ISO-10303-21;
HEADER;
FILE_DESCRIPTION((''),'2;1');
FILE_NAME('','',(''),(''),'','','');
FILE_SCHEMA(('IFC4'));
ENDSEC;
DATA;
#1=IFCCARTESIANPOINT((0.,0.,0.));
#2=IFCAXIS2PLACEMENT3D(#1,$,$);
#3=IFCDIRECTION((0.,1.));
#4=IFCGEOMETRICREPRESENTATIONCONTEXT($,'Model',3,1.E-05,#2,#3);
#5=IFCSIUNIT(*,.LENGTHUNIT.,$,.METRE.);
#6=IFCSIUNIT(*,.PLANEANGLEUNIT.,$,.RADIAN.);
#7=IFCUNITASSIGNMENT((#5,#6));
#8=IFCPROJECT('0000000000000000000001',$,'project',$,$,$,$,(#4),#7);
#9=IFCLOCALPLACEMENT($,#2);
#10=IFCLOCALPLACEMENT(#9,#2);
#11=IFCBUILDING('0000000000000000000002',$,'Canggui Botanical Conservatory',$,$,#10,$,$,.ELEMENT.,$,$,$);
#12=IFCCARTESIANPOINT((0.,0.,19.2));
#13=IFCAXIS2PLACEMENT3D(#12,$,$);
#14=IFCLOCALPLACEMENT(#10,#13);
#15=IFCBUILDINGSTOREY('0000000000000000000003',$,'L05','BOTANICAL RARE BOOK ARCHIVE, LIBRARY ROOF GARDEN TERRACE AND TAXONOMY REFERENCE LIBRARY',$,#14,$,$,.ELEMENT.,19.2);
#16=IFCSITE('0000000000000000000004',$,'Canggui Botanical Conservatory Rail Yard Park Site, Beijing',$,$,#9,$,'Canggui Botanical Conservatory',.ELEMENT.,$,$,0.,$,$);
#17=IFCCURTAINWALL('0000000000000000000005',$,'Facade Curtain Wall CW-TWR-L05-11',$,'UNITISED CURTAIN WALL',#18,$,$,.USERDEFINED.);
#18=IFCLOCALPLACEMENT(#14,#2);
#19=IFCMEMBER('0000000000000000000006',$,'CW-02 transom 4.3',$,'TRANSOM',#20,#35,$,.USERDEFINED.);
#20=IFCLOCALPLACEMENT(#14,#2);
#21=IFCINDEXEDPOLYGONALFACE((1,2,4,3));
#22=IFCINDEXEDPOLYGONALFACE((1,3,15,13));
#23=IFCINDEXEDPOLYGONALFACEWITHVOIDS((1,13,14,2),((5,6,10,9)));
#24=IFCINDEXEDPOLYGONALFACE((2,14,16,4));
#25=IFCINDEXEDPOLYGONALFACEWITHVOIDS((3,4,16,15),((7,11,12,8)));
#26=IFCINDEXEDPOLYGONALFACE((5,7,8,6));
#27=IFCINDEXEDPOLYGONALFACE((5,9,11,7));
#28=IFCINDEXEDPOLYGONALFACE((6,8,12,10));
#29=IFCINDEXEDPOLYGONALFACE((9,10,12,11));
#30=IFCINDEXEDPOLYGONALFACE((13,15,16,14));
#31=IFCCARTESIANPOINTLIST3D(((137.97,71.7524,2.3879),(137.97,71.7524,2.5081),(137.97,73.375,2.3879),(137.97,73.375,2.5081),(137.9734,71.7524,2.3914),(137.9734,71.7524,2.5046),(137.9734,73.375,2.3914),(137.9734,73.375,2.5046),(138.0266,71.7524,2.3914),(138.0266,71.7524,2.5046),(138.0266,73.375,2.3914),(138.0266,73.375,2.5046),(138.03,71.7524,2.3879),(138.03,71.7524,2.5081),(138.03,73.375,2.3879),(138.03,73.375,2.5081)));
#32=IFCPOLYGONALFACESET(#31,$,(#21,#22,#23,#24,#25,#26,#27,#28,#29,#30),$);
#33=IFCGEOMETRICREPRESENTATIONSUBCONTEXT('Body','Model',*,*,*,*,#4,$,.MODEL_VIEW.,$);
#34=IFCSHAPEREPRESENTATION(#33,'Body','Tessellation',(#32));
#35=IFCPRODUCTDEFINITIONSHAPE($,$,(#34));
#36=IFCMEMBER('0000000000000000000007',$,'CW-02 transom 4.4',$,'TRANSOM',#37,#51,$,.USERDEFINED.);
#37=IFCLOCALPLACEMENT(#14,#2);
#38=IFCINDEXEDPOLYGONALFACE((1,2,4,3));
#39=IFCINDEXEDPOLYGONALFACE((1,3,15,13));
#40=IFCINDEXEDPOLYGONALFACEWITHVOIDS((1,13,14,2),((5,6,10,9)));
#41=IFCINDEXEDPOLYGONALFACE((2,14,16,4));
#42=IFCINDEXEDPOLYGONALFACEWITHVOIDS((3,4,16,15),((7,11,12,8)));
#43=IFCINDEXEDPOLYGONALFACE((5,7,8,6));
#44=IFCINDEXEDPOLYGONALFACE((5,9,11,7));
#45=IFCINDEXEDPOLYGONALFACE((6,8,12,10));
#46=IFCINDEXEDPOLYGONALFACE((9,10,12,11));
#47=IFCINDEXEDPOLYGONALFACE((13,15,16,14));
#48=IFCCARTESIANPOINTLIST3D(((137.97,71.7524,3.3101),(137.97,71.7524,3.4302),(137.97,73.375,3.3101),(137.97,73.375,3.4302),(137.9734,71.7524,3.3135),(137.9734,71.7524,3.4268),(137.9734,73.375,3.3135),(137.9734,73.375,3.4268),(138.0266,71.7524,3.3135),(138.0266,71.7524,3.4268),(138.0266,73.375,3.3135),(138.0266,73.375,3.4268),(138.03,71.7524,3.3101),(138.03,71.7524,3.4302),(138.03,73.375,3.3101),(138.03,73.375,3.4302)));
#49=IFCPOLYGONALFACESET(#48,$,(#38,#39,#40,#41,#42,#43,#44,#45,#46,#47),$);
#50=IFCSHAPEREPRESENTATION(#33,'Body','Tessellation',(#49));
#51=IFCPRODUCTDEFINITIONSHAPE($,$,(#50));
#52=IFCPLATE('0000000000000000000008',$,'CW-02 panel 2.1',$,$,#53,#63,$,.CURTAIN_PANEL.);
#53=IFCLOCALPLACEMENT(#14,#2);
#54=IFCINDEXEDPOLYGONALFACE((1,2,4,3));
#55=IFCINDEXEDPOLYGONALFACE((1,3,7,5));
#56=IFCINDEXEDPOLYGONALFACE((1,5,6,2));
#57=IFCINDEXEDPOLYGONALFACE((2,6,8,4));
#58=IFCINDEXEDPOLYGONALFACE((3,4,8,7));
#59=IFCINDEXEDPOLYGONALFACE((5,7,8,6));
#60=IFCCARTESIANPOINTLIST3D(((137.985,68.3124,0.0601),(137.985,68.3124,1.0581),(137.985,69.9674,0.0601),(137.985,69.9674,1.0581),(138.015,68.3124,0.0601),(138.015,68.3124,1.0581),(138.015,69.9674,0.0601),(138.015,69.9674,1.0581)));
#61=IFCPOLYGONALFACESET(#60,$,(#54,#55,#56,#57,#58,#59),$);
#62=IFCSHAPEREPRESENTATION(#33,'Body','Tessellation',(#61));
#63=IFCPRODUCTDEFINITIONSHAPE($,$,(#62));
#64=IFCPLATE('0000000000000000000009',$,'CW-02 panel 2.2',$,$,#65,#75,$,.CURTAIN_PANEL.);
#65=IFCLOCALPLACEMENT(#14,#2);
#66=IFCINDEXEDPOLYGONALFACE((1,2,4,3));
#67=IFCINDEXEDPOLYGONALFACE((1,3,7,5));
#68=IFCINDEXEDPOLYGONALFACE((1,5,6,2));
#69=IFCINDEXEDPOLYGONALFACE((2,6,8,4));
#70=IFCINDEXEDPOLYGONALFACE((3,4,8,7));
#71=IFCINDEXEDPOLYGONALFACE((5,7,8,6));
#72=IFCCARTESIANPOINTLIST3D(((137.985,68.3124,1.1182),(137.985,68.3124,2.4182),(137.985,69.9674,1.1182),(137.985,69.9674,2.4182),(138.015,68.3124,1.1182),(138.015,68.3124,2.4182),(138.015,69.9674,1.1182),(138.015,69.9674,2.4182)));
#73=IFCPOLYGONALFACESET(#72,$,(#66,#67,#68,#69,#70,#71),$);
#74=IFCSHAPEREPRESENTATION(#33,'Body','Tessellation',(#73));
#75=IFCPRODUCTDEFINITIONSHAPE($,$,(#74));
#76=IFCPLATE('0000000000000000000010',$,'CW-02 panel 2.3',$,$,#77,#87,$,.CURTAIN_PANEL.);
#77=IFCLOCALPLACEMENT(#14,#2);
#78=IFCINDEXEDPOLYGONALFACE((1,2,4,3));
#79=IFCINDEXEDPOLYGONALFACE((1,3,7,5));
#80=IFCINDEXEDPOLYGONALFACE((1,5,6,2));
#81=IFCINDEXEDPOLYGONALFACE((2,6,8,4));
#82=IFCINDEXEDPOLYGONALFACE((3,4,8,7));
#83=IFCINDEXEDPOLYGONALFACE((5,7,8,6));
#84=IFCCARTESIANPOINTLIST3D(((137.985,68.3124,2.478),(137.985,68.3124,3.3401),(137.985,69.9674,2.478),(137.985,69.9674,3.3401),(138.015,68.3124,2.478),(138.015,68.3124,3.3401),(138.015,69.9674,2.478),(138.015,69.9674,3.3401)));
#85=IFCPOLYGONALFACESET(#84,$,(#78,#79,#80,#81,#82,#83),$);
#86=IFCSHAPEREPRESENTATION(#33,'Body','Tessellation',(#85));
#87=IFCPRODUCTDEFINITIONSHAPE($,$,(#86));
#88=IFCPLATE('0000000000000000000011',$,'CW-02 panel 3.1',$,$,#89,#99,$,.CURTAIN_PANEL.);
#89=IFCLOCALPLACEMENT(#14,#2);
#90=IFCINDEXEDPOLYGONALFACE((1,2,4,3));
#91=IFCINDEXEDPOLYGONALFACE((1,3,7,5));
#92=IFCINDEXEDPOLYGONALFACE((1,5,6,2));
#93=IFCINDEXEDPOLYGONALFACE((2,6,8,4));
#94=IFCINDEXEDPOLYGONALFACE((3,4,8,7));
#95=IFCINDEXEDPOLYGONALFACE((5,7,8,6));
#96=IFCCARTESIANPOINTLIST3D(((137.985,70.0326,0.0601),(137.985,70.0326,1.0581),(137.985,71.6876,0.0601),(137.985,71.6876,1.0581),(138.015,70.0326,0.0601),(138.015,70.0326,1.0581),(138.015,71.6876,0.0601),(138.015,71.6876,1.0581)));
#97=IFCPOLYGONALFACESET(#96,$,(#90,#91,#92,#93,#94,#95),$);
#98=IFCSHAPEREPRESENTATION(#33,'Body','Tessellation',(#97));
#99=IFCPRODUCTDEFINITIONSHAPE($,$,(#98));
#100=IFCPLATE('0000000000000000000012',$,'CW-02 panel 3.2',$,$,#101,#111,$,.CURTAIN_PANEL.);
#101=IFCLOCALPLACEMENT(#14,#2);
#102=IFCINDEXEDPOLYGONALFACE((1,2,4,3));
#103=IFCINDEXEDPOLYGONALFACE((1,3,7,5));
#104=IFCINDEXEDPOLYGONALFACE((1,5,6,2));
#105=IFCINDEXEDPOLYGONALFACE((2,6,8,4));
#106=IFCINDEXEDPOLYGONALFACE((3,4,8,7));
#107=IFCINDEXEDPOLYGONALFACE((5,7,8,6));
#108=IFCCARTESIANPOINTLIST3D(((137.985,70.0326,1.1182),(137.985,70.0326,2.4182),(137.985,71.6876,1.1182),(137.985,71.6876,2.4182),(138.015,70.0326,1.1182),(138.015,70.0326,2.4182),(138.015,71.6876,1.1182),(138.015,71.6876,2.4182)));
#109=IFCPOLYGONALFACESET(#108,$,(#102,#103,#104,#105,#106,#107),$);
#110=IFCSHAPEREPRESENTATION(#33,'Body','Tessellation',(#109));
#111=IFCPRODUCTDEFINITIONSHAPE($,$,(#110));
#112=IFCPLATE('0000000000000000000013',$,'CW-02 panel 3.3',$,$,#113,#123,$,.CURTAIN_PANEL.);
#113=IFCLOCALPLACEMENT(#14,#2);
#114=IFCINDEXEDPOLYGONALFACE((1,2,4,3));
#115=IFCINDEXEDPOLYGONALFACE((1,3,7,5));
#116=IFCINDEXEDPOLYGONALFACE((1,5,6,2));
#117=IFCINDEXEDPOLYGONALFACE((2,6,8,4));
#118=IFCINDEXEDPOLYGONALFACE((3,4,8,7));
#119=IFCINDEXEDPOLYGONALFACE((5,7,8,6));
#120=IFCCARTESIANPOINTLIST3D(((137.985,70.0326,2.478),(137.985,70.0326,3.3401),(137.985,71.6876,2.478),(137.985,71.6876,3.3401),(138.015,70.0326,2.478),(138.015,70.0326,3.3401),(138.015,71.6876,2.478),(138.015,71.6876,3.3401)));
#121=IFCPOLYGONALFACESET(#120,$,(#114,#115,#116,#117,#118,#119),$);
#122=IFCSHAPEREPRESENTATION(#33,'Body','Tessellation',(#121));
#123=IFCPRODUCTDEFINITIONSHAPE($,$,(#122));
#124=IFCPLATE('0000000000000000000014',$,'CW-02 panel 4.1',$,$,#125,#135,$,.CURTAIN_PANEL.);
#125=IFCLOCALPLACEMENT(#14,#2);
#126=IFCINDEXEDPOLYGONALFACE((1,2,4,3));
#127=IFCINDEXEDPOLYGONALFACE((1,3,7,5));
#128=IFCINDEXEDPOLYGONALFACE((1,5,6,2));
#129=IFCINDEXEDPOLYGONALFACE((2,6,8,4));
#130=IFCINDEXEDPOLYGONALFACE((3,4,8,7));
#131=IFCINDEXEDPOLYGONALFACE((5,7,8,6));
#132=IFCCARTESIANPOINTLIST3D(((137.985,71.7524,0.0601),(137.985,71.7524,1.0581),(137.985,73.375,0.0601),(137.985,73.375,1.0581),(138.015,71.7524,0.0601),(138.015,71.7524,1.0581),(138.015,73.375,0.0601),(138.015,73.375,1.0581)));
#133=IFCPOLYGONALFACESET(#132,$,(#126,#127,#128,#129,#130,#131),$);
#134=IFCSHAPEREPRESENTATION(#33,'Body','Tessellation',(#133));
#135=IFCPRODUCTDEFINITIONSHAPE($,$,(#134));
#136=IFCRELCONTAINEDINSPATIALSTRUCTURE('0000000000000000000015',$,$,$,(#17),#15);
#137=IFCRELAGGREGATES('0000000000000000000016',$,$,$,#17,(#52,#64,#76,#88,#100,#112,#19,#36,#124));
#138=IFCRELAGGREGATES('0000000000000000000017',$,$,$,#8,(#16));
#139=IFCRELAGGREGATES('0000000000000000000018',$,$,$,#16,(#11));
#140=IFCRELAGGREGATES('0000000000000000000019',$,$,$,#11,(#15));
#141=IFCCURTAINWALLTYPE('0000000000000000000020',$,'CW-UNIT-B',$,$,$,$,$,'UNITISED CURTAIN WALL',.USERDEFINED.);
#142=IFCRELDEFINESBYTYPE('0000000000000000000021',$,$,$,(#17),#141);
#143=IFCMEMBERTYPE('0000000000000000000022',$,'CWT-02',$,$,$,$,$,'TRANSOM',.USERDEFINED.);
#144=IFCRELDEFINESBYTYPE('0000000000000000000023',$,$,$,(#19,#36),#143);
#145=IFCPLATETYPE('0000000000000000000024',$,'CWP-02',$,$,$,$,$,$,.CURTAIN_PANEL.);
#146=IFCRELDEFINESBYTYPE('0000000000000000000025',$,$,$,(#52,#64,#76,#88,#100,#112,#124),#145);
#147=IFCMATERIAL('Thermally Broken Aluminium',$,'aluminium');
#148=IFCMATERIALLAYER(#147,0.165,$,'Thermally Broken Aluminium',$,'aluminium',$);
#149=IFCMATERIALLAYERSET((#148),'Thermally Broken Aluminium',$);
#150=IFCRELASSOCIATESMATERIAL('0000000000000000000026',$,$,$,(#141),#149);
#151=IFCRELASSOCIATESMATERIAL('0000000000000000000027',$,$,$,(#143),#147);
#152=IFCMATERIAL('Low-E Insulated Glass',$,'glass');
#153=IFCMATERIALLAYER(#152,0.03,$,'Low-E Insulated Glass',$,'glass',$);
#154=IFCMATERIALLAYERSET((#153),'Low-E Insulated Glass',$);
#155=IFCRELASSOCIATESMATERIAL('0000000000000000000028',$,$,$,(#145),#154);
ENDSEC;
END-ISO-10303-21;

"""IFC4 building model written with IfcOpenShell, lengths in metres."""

from ifc_helpers import new_model, si_unit, direction, frame, origin, origin_2d, place, context, subcontext, project, spatial, rectangle, hollow_rectangle, extrude, material, layer, layer_set, material_profile, profile_set, type_object, element, aggregate, save


model = new_model("IFC4")

# Units and contexts
model_context = context("Model", 3, precision=1e-05, world=origin(), true_north=direction((0.0, 1.0)))
body_context = subcontext(model_context, "Body", "Model", "MODEL_VIEW")
ifc_project = project(units=[si_unit("LENGTHUNIT", "METRE"), si_unit("PLANEANGLEUNIT", "RADIAN")], contexts=[model_context])

# Site, building, storey
site_placement = place(None, origin())
site = spatial("IfcSite", under=ifc_project, at=site_placement, Name="Canggui Botanical Conservatory Rail Yard Park Site, Beijing", LongName="Canggui Botanical Conservatory", CompositionType="ELEMENT", RefElevation=0.0)
building_placement = place(site_placement, origin())
building = spatial("IfcBuilding", under=site, at=building_placement, Name="Canggui Botanical Conservatory", CompositionType="ELEMENT")
storey_placement = place(building_placement, frame((0.0, 0.0, 19.2)))
storey = spatial("IfcBuildingStorey", under=building, at=storey_placement, Name="L05", Description="BOTANICAL RARE BOOK ARCHIVE, LIBRARY ROOF GARDEN TERRACE AND TAXONOMY REFERENCE LIBRARY", CompositionType="ELEMENT", Elevation=19.2)

# Curtain wall, members, plates
ifc_material_1 = material(Name="Thermally Broken Aluminium", Category="aluminium")
ifc_layer_1 = layer(ifc_material_1, 0.165, Name="Thermally Broken Aluminium", Category="aluminium")
ifc_layer_set_1 = layer_set([ifc_layer_1], Name="Thermally Broken Aluminium")
curtain_wall_type = type_object("IfcCurtainWallType", Name="CW-UNIT-B", ElementType="UNITISED CURTAIN WALL", PredefinedType="USERDEFINED", material=ifc_layer_set_1)
curtain_wall_placement = place(storey_placement, origin())
curtain_wall = element("IfcCurtainWall", 1, at=curtain_wall_placement, inside=storey, type_object=curtain_wall_type, Name="Facade Curtain Wall CW-TWR-L05-11", ObjectType="UNITISED CURTAIN WALL", PredefinedType="USERDEFINED")
ifc_material_profile_1 = material_profile(ifc_material_1, hollow_rectangle(XDim=0.0601, YDim=0.1201, WallThickness=0.0034, at=origin_2d()), Name="CWT 60x120x3.5")
ifc_profile_set_1 = profile_set([ifc_material_profile_1], Name="Thermally Broken Aluminium")
member_type_1 = type_object("IfcMemberType", Name="CWT-02", ElementType="TRANSOM", PredefinedType="USERDEFINED", material=ifc_profile_set_1)
member_1_placement = place(storey_placement, frame((138.0, 71.7524, 2.448), z_axis=(0.0, 1.0, 0.0), x_axis=(-1.0, 0.0, 0.0)))
member_1 = element("IfcMember", 2, at=member_1_placement, type_object=member_type_1, Name="CW-02 transom 4.3", ObjectType="TRANSOM", PredefinedType="USERDEFINED", context=body_context, shape_type="SweptSolid", body=[
    extrude(hollow_rectangle(XDim=0.0601, YDim=0.1201, WallThickness=0.0034, at=origin_2d()), origin(), (0.0, 0.0, 1.0), 1.6226),
])
member_2_placement = place(storey_placement, frame((138.0, 71.7524, 3.3701), z_axis=(0.0, 1.0, 0.0), x_axis=(-1.0, 0.0, 0.0)))
member_2 = element("IfcMember", 3, at=member_2_placement, type_object=member_type_1, Name="CW-02 transom 4.4", ObjectType="TRANSOM", PredefinedType="USERDEFINED", context=body_context, shape_type="SweptSolid", body=[
    extrude(hollow_rectangle(XDim=0.0601, YDim=0.1201, WallThickness=0.0034, at=origin_2d()), origin(), (0.0, 0.0, 1.0), 1.6226),
])
ifc_material_2 = material(Name="Low-E Insulated Glass", Category="glass")
ifc_layer_2 = layer(ifc_material_2, 0.03, Name="Low-E Insulated Glass", Category="glass")
ifc_layer_set_2 = layer_set([ifc_layer_2], Name="Low-E Insulated Glass")
plate_type = type_object("IfcPlateType", Name="CWP-02", PredefinedType="CURTAIN_PANEL", material=ifc_layer_set_2)
plate_1_placement = place(storey_placement, frame((138.0, 69.1399, 0.0601), z_axis=(0.0, 0.0, 1.0), x_axis=(0.0, 1.0, 0.0)))
plate_1 = element("IfcPlate", 4, at=plate_1_placement, type_object=plate_type, Name="CW-02 panel 2.1", PredefinedType="CURTAIN_PANEL", context=body_context, shape_type="SweptSolid", body=[
    extrude(rectangle(XDim=1.655, YDim=0.03, at=origin_2d()), origin(), (0.0, 0.0, 1.0), 0.998),
])
plate_2_placement = place(storey_placement, frame((138.0, 69.1399, 1.1182), z_axis=(0.0, 0.0, 1.0), x_axis=(0.0, 1.0, 0.0)))
plate_2 = element("IfcPlate", 5, at=plate_2_placement, type_object=plate_type, Name="CW-02 panel 2.2", PredefinedType="CURTAIN_PANEL", context=body_context, shape_type="SweptSolid", body=[
    extrude(rectangle(XDim=1.655, YDim=0.03, at=origin_2d()), origin(), (0.0, 0.0, 1.0), 1.3),
])
plate_3_placement = place(storey_placement, frame((138.0, 69.1399, 2.478), z_axis=(0.0, 0.0, 1.0), x_axis=(0.0, 1.0, 0.0)))
plate_3 = element("IfcPlate", 6, at=plate_3_placement, type_object=plate_type, Name="CW-02 panel 2.3", PredefinedType="CURTAIN_PANEL", context=body_context, shape_type="SweptSolid", body=[
    extrude(rectangle(XDim=1.655, YDim=0.03, at=origin_2d()), origin(), (0.0, 0.0, 1.0), 0.8621),
])
plate_4_placement = place(storey_placement, frame((138.0, 70.8601, 0.0601), z_axis=(0.0, 0.0, 1.0), x_axis=(0.0, 1.0, 0.0)))
plate_4 = element("IfcPlate", 7, at=plate_4_placement, type_object=plate_type, Name="CW-02 panel 3.1", PredefinedType="CURTAIN_PANEL", context=body_context, shape_type="SweptSolid", body=[
    extrude(rectangle(XDim=1.655, YDim=0.03, at=origin_2d()), origin(), (0.0, 0.0, 1.0), 0.998),
])
plate_5_placement = place(storey_placement, frame((138.0, 70.8601, 1.1182), z_axis=(0.0, 0.0, 1.0), x_axis=(0.0, 1.0, 0.0)))
plate_5 = element("IfcPlate", 8, at=plate_5_placement, type_object=plate_type, Name="CW-02 panel 3.2", PredefinedType="CURTAIN_PANEL", context=body_context, shape_type="SweptSolid", body=[
    extrude(rectangle(XDim=1.655, YDim=0.03, at=origin_2d()), origin(), (0.0, 0.0, 1.0), 1.3),
])
plate_6_placement = place(storey_placement, frame((138.0, 70.8601, 2.478), z_axis=(0.0, 0.0, 1.0), x_axis=(0.0, 1.0, 0.0)))
plate_6 = element("IfcPlate", 9, at=plate_6_placement, type_object=plate_type, Name="CW-02 panel 3.3", PredefinedType="CURTAIN_PANEL", context=body_context, shape_type="SweptSolid", body=[
    extrude(rectangle(XDim=1.655, YDim=0.03, at=origin_2d()), origin(), (0.0, 0.0, 1.0), 0.8621),
])
plate_7_placement = place(storey_placement, frame((138.0, 72.5637, 0.0601), z_axis=(0.0, 0.0, 1.0), x_axis=(0.0, 1.0, 0.0)))
plate_7 = element("IfcPlate", 10, at=plate_7_placement, type_object=plate_type, Name="CW-02 panel 4.1", PredefinedType="CURTAIN_PANEL", context=body_context, shape_type="SweptSolid", body=[
    extrude(rectangle(XDim=1.6226, YDim=0.03, at=origin_2d()), origin(), (0.0, 0.0, 1.0), 0.998),
])
aggregate(curtain_wall, [plate_1, plate_2, plate_3, plate_4, plate_5, plate_6, member_1, member_2, plate_7])

save(model, "model.ifc")
